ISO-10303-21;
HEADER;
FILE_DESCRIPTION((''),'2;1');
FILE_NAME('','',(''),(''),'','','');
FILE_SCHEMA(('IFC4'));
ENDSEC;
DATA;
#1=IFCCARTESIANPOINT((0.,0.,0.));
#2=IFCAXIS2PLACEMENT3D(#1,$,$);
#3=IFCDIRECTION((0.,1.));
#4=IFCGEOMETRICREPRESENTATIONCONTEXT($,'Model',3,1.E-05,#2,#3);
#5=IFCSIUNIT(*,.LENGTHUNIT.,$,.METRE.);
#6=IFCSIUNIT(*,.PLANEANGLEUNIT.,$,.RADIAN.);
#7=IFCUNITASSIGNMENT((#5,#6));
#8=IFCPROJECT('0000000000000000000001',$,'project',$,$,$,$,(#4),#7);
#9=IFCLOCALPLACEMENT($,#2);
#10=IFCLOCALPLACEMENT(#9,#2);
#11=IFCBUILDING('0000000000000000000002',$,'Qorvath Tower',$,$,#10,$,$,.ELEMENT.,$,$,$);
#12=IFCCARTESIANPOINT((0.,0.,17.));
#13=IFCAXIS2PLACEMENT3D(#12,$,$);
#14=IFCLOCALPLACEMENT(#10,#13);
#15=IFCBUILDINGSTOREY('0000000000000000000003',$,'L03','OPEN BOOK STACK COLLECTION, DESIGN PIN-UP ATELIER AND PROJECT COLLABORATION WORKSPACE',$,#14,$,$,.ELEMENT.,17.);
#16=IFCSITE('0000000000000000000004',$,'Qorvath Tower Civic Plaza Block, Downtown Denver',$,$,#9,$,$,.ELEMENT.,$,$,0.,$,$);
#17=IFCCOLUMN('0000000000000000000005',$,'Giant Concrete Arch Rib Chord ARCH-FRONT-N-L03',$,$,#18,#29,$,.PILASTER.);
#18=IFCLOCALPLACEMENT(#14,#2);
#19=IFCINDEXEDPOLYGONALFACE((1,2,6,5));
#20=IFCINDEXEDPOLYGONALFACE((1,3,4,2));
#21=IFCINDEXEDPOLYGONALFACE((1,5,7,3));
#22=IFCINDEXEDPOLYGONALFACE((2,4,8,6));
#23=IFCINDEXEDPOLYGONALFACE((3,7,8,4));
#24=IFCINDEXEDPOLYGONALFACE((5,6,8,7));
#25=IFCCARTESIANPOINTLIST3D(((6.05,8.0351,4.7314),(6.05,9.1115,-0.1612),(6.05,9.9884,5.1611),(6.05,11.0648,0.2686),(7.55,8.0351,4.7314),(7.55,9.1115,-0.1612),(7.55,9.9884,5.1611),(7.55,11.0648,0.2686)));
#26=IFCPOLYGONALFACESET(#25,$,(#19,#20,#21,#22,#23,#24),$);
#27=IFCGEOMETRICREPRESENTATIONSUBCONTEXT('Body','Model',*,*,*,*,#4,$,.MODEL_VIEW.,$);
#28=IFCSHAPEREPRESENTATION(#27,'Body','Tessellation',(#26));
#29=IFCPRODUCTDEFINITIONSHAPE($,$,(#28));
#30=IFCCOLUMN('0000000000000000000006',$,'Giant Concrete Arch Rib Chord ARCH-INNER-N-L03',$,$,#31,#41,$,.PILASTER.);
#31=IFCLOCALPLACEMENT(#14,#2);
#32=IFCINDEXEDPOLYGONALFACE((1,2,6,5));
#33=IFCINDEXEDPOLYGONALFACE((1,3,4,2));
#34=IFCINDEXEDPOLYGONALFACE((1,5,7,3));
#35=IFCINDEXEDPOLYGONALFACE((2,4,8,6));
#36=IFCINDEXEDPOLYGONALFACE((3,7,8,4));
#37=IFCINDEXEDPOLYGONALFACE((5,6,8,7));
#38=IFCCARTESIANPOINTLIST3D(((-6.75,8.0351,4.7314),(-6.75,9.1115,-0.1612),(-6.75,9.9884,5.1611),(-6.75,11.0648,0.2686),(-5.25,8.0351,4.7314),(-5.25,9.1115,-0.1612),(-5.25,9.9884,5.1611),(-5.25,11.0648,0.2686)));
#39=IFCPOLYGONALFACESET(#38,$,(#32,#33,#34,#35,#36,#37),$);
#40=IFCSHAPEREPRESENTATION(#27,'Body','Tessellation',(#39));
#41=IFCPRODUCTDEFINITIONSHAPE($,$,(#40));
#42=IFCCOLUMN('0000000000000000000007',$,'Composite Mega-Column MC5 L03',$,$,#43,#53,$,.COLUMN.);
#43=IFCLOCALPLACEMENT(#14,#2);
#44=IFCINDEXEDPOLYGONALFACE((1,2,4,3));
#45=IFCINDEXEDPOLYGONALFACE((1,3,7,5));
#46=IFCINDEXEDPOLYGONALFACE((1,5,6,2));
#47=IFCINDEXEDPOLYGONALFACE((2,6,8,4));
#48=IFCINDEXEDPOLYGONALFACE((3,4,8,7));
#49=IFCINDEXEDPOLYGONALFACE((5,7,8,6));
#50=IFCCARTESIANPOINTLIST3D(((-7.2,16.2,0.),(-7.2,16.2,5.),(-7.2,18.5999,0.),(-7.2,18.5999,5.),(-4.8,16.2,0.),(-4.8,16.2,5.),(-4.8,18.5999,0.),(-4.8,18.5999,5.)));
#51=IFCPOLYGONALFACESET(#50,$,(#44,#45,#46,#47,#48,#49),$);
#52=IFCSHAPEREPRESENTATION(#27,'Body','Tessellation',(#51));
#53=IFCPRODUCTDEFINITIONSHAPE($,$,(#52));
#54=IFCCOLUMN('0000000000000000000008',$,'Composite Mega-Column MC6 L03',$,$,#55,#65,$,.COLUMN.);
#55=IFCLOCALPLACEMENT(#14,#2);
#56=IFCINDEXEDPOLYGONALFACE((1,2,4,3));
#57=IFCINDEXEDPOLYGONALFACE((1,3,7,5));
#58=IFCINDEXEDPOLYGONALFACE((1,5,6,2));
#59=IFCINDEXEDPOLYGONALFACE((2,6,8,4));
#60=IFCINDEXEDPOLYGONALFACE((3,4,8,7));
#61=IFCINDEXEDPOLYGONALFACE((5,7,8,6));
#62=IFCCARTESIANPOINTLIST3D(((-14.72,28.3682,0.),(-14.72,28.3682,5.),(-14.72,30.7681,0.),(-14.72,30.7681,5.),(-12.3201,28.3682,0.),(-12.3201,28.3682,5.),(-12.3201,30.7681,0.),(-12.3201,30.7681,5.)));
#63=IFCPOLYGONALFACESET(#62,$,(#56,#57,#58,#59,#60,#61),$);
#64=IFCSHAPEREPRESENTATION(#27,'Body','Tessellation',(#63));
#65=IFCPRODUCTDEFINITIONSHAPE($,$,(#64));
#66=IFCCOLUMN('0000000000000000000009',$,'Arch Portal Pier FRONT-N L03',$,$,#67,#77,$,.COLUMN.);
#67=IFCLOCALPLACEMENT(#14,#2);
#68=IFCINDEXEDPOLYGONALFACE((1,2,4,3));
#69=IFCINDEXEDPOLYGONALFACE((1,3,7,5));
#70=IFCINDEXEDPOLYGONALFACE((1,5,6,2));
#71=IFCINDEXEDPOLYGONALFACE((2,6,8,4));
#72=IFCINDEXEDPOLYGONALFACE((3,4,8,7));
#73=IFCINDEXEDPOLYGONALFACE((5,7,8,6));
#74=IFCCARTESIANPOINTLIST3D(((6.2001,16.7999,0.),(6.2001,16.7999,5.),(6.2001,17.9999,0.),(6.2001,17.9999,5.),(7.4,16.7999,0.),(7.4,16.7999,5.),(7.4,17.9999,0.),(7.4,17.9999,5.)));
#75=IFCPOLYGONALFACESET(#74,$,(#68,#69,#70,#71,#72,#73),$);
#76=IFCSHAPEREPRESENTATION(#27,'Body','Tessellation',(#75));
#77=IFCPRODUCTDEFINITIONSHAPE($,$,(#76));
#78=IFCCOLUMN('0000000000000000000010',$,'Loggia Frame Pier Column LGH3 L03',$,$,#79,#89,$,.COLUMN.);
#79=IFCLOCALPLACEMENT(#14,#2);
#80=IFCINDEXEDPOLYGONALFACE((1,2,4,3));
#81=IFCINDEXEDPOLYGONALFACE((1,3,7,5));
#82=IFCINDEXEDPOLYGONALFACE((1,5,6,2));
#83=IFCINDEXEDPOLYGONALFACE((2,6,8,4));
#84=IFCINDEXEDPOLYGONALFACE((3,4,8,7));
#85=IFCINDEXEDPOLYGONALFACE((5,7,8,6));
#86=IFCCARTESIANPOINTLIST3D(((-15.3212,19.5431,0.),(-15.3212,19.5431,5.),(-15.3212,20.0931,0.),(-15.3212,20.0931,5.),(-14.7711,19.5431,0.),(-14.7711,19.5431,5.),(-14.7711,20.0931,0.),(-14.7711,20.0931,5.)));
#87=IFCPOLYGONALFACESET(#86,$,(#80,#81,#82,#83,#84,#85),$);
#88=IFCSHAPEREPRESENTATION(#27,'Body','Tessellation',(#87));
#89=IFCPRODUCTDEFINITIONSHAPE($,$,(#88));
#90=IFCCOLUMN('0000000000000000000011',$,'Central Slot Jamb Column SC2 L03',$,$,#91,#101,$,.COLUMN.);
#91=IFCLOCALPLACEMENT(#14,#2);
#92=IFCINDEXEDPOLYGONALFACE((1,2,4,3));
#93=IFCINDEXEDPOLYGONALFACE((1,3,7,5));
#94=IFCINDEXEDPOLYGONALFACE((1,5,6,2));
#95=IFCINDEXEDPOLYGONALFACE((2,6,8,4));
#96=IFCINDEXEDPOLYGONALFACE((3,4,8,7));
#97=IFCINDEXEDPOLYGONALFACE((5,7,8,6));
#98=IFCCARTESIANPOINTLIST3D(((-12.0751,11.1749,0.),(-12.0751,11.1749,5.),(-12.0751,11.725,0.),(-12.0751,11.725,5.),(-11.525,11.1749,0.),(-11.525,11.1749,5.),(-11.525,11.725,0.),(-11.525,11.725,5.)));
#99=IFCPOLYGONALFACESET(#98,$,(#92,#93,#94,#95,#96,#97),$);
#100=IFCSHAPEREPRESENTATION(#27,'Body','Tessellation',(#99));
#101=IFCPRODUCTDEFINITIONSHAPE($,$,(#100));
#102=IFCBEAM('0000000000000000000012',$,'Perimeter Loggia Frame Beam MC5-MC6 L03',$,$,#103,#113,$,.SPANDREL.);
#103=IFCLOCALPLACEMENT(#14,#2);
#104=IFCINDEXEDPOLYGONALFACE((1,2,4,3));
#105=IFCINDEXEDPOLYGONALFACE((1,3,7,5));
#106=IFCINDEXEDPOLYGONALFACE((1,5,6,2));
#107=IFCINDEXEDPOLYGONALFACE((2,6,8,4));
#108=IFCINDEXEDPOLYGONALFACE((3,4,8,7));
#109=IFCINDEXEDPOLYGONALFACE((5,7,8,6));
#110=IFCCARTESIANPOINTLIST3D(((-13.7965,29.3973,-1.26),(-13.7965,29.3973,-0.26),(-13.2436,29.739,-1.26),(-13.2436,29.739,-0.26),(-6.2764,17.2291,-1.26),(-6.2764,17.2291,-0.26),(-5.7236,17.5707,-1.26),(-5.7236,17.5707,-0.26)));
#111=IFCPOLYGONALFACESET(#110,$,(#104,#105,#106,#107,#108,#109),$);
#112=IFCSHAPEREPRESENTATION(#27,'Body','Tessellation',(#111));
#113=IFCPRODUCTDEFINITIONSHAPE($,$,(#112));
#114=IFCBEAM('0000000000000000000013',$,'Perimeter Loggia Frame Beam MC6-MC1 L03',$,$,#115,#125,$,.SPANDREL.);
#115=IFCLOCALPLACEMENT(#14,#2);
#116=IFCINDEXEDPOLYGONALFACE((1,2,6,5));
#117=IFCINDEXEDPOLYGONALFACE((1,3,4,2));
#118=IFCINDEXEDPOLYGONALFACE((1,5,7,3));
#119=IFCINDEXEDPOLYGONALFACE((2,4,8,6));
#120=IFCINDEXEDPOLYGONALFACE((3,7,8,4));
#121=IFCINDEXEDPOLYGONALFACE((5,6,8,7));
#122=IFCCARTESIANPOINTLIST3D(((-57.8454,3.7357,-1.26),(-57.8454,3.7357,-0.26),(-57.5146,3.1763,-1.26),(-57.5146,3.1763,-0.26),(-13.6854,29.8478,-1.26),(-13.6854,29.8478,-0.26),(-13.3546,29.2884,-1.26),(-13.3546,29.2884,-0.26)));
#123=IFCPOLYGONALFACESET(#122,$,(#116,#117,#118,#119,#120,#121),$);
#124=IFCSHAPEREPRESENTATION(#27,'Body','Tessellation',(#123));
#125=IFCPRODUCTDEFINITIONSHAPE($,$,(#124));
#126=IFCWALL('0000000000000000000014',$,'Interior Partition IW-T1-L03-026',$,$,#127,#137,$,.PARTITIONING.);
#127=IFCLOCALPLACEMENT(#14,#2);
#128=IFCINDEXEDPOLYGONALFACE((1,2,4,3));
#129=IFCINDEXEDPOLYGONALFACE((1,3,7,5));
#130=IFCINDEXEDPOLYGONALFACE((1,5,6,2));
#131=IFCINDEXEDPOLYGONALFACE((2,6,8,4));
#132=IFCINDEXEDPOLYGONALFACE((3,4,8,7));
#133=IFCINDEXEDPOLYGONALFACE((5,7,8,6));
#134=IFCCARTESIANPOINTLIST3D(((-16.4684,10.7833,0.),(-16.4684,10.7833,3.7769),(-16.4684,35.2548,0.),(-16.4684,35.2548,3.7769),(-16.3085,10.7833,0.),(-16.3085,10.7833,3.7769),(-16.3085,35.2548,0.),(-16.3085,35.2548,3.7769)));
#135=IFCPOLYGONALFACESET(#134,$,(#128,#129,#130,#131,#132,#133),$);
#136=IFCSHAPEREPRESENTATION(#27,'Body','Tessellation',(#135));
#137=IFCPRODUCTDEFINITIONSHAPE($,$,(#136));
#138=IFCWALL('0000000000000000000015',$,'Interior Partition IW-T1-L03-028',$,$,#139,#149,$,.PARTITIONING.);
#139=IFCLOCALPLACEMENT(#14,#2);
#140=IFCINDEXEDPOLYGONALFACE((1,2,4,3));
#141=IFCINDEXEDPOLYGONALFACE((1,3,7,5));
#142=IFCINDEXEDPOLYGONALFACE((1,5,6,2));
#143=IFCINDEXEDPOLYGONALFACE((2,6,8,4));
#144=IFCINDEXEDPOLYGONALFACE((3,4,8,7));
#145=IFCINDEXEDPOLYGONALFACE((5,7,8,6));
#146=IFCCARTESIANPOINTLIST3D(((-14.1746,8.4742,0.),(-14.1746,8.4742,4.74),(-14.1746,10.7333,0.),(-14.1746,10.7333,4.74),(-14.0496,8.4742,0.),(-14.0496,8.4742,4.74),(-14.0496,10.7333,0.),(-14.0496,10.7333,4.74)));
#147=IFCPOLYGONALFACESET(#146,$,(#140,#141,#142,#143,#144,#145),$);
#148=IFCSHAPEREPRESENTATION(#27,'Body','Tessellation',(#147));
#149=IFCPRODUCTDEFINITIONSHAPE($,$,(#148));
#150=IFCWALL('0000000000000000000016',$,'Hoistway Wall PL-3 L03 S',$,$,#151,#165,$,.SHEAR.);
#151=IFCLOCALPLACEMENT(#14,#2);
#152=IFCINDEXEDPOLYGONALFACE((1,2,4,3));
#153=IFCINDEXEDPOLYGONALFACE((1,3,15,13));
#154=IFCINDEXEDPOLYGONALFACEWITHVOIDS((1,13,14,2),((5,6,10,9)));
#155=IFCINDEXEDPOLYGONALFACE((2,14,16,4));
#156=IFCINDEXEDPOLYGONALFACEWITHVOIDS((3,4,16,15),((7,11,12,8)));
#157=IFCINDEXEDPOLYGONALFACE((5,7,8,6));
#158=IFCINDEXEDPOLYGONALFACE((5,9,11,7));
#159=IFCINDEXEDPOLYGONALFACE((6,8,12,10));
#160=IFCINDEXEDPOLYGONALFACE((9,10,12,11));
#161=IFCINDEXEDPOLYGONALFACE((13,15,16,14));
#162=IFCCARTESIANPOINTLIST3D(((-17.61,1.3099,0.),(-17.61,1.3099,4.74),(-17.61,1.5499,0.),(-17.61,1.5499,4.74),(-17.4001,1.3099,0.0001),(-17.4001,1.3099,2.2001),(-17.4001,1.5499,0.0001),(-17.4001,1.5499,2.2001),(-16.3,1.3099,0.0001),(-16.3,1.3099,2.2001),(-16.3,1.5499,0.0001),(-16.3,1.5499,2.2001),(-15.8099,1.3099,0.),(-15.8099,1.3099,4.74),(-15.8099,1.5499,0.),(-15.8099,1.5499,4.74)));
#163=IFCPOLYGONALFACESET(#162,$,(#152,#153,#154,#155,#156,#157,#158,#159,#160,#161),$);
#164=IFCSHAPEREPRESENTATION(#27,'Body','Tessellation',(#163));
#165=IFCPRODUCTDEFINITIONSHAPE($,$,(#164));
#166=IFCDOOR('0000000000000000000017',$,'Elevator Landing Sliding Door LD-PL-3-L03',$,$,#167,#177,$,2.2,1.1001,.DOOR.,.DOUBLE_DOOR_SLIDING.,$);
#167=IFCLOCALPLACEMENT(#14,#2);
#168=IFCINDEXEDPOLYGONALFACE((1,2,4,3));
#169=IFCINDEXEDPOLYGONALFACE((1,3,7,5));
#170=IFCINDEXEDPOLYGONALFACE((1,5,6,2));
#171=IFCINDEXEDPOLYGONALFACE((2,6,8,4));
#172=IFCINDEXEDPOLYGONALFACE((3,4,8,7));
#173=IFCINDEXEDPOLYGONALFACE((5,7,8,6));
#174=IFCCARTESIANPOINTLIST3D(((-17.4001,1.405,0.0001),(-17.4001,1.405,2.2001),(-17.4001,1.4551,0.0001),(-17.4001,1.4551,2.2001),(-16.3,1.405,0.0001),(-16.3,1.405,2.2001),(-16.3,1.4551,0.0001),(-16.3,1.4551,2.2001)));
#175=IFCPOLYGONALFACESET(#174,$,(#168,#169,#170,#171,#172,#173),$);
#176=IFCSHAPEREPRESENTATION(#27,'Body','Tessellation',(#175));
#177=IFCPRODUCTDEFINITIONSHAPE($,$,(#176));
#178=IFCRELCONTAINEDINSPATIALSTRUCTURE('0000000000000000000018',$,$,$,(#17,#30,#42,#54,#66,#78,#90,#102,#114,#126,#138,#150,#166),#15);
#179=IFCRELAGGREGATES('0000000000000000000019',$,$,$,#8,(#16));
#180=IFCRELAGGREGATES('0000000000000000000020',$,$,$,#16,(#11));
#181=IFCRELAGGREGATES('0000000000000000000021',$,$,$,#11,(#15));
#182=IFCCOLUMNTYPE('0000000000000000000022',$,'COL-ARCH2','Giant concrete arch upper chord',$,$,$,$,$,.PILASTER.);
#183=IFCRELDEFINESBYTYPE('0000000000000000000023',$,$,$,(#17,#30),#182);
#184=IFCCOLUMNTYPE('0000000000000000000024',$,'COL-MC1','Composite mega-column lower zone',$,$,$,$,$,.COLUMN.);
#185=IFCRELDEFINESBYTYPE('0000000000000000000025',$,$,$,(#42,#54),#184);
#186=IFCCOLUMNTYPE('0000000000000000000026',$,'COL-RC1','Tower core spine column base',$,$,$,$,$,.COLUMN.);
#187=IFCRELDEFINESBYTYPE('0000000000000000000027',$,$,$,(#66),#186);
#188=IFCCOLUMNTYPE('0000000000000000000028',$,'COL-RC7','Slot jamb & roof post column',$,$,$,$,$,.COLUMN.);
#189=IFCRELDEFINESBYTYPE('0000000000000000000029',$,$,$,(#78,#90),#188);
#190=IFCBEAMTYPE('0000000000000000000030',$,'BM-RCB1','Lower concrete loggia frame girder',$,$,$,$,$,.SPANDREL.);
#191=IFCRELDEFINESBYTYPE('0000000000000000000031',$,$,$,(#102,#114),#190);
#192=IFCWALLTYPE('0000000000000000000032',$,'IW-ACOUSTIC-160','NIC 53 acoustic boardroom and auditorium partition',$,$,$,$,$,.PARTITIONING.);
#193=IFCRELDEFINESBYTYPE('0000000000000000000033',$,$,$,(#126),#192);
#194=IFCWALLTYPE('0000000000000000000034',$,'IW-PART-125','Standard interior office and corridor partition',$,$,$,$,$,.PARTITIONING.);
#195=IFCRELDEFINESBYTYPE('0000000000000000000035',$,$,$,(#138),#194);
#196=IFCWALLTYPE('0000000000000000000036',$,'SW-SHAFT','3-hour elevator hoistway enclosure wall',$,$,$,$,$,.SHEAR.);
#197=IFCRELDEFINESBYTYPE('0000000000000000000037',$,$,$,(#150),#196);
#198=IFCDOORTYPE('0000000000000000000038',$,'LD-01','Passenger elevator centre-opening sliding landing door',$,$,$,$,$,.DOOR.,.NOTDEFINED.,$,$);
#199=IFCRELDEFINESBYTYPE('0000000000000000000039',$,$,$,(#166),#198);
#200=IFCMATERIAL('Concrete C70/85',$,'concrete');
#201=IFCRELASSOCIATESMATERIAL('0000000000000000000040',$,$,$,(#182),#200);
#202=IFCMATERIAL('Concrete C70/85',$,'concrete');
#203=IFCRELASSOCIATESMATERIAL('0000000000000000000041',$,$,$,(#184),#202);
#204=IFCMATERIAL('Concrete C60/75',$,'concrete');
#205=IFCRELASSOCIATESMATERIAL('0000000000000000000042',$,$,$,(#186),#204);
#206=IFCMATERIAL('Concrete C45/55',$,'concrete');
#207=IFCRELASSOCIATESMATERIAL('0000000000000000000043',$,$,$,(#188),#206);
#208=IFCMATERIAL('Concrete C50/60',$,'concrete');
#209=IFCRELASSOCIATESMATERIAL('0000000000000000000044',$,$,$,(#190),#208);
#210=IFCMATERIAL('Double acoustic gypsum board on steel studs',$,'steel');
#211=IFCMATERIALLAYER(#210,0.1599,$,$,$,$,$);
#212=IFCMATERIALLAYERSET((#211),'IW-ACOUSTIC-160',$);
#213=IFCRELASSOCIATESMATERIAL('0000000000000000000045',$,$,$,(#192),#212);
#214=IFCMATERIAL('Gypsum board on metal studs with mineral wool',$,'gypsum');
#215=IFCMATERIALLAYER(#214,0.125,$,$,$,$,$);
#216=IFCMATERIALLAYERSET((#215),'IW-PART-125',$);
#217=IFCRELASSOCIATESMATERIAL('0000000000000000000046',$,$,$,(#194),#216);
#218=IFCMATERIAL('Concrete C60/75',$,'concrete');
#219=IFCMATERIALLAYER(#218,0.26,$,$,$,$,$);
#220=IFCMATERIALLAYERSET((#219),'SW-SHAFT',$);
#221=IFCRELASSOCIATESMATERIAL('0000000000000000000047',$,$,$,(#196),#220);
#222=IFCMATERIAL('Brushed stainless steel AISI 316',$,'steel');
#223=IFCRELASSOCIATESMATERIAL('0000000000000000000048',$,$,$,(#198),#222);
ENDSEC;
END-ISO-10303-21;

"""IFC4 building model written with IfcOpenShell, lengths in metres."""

from ifc_helpers import new_model, si_unit, direction, frame, frame_2d, origin, origin_2d, place, context, subcontext, project, spatial, rectangle, extrude, material, layer, layer_set, material_profile, profile_set, type_object, element, fill, save


model = new_model("IFC4")

# Units and contexts
model_context = context("Model", 3, precision=1e-05, world=origin(), true_north=direction((0.0, 1.0)))
body_context = subcontext(model_context, "Body", "Model", "MODEL_VIEW")
ifc_project = project(units=[si_unit("LENGTHUNIT", "METRE"), si_unit("PLANEANGLEUNIT", "RADIAN")], contexts=[model_context])

# Site, building, storey
site_placement = place(None, origin())
site = spatial("IfcSite", under=ifc_project, at=site_placement, Name="Qorvath Tower Civic Plaza Block, Downtown Denver", CompositionType="ELEMENT", RefElevation=0.0)
building_placement = place(site_placement, origin())
building = spatial("IfcBuilding", under=site, at=building_placement, Name="Qorvath Tower", CompositionType="ELEMENT")
storey_placement = place(building_placement, frame((0.0, 0.0, 17.0)))
storey = spatial("IfcBuildingStorey", under=building, at=storey_placement, Name="L03", Description="OPEN BOOK STACK COLLECTION, DESIGN PIN-UP ATELIER AND PROJECT COLLABORATION WORKSPACE", CompositionType="ELEMENT", Elevation=17.0)

# Columns
ifc_material_1 = material(Name="Concrete C70/85", Category="concrete")
ifc_material_profile_1 = material_profile(ifc_material_1, rectangle(XDim=1.5, YDim=2.0, at=origin_2d()), Name="ARCH 2000x1500")
ifc_profile_set_1 = profile_set([ifc_material_profile_1], Name="Concrete C70/85")
column_type_1 = type_object("IfcColumnType", Name="COL-ARCH2", Description="Giant concrete arch upper chord", PredefinedType="PILASTER", material=ifc_profile_set_1)
for number, where, z_axis, x_axis, name in (
    (1, (6.8, 10.0881, 0.0537), (0.0, -0.214871, 0.976642), (1.0, 0.0, 0.0), "Giant Concrete Arch Rib Chord ARCH-FRONT-N-L03"),
    (2, (-6.0, 10.0881, 0.0537), (0.0, -0.214871, 0.976642), (1.0, 0.0, 0.0), "Giant Concrete Arch Rib Chord ARCH-INNER-N-L03"),
):
    element("IfcColumn", number, at=place(storey_placement, frame(where, z_axis=z_axis, x_axis=x_axis)), inside=storey, type_object=column_type_1, Name=name, PredefinedType="PILASTER", context=body_context, shape_type="SweptSolid", body=[
        extrude(rectangle(XDim=1.5, YDim=2.0, at=origin_2d()), origin(), (0.0, 0.0, 1.0), 5.0095),
    ])
ifc_material_2 = material(Name="Concrete C70/85", Category="concrete")
ifc_material_profile_2 = material_profile(ifc_material_2, rectangle(XDim=2.3999, YDim=2.3999, at=origin_2d()), Name="MC 2400x2400")
ifc_profile_set_2 = profile_set([ifc_material_profile_2], Name="Concrete C70/85")
column_type_2 = type_object("IfcColumnType", Name="COL-MC1", Description="Composite mega-column lower zone", PredefinedType="COLUMN", material=ifc_profile_set_2)
for number, where, z_axis, x_axis, name in (
    (3, (-6.0, 17.3999, 0.0), (0.0, 0.0, 1.0), (1.0, 0.0, 0.0), "Composite Mega-Column MC5 L03"),
    (4, (-13.52, 29.5681, 0.0), (0.0, 0.0, 1.0), (1.0, 0.0, 0.0), "Composite Mega-Column MC6 L03"),
):
    element("IfcColumn", number, at=place(storey_placement, frame(where, z_axis=z_axis, x_axis=x_axis)), inside=storey, type_object=column_type_2, Name=name, PredefinedType="COLUMN", context=body_context, shape_type="SweptSolid", body=[
        extrude(rectangle(XDim=2.3999, YDim=2.3999, at=origin_2d()), origin(), (0.0, 0.0, 1.0), 5.0),
    ])
ifc_material_3 = material(Name="Concrete C60/75", Category="concrete")
ifc_material_profile_3 = material_profile(ifc_material_3, rectangle(XDim=1.2, YDim=1.2, at=origin_2d()), Name="RC 1200x1200")
ifc_profile_set_3 = profile_set([ifc_material_profile_3], Name="Concrete C60/75")
column_type_3 = type_object("IfcColumnType", Name="COL-RC1", Description="Tower core spine column base", PredefinedType="COLUMN", material=ifc_profile_set_3)
column_placement = place(storey_placement, frame((6.8, 17.3999, 0.0), z_axis=(0.0, 0.0, 1.0), x_axis=(1.0, 0.0, 0.0)))
element("IfcColumn", 5, at=column_placement, inside=storey, type_object=column_type_3, Name="Arch Portal Pier FRONT-N L03", PredefinedType="COLUMN", context=body_context, shape_type="SweptSolid", body=[
    extrude(rectangle(XDim=1.2, YDim=1.2, at=origin_2d()), origin(), (0.0, 0.0, 1.0), 5.0),
])
ifc_material_4 = material(Name="Concrete C45/55", Category="concrete")
ifc_material_profile_4 = material_profile(ifc_material_4, rectangle(XDim=0.55, YDim=0.55, at=origin_2d()), Name="RC 550x550")
ifc_profile_set_4 = profile_set([ifc_material_profile_4], Name="Concrete C45/55")
column_type_4 = type_object("IfcColumnType", Name="COL-RC7", Description="Slot jamb & roof post column", PredefinedType="COLUMN", material=ifc_profile_set_4)
for number, where, z_axis, x_axis, name in (
    (6, (-15.0461, 19.8181, 0.0), (0.0, 0.0, 1.0), (1.0, 0.0, 0.0), "Loggia Frame Pier Column LGH3 L03"),
    (7, (-11.8, 11.45, 0.0), (0.0, 0.0, 1.0), (1.0, 0.0, 0.0), "Central Slot Jamb Column SC2 L03"),
):
    element("IfcColumn", number, at=place(storey_placement, frame(where, z_axis=z_axis, x_axis=x_axis)), inside=storey, type_object=column_type_4, Name=name, PredefinedType="COLUMN", context=body_context, shape_type="SweptSolid", body=[
        extrude(rectangle(XDim=0.55, YDim=0.55, at=origin_2d()), origin(), (0.0, 0.0, 1.0), 5.0),
    ])

# Beams
ifc_material_5 = material(Name="Concrete C50/60", Category="concrete")
ifc_material_profile_5 = material_profile(ifc_material_5, rectangle(XDim=0.6499, YDim=1.0, at=origin_2d()), Name="RCB 1000x650")
ifc_profile_set_5 = profile_set([ifc_material_profile_5], Name="Concrete C50/60")
beam_type = type_object("IfcBeamType", Name="BM-RCB1", Description="Lower concrete loggia frame girder", PredefinedType="SPANDREL", material=ifc_profile_set_5)
beam_1_placement = place(storey_placement, frame((-6.0, 17.3999, -0.76), z_axis=(-0.525713, 0.850662, 0.0), x_axis=(-0.850662, -0.525713, 0.0)))
element("IfcBeam", 8, at=beam_1_placement, inside=storey, type_object=beam_type, Name="Perimeter Loggia Frame Beam MC5-MC6 L03", PredefinedType="SPANDREL", context=body_context, shape_type="SweptSolid", body=[
    extrude(rectangle(XDim=0.6499, YDim=1.0, at=origin_2d()), origin(), (0.0, 0.0, 1.0), 14.3044),
])
beam_2_placement = place(storey_placement, frame((-13.52, 29.5681, -0.76), z_axis=(-0.860777, -0.508983, 0.0), x_axis=(0.508983, -0.860777, 0.0)))
element("IfcBeam", 9, at=beam_2_placement, inside=storey, type_object=beam_type, Name="Perimeter Loggia Frame Beam MC6-MC1 L03", PredefinedType="SPANDREL", context=body_context, shape_type="SweptSolid", body=[
    extrude(rectangle(XDim=0.6499, YDim=1.0, at=origin_2d()), origin(), (0.0, 0.0, 1.0), 51.3025),
])

# Wall
ifc_material_6 = material(Name="Double acoustic gypsum board on steel studs", Category="steel")
ifc_layer_1 = layer(ifc_material_6, 0.1599)
ifc_layer_set_1 = layer_set([ifc_layer_1], Name="IW-ACOUSTIC-160")
wall_type_1 = type_object("IfcWallType", Name="IW-ACOUSTIC-160", Description="NIC 53 acoustic boardroom and auditorium partition", PredefinedType="PARTITIONING", material=ifc_layer_set_1)
wall_1_placement = place(storey_placement, frame((-16.3884, 10.7832, 0.0), z_axis=(0.0, 0.0, 1.0), x_axis=(0.0, 1.0, 0.0)))
element("IfcWall", 10, at=wall_1_placement, inside=storey, type_object=wall_type_1, Name="Interior Partition IW-T1-L03-026", PredefinedType="PARTITIONING", context=body_context, shape_type="SweptSolid", body=[
    extrude(rectangle(XDim=24.4714, YDim=0.1599, at=frame_2d((12.2358, 0.0))), origin(), (0.0, 0.0, 1.0), 3.7769),
])

# Shared definitions
ifc_material_7 = material(Name="Gypsum board on metal studs with mineral wool", Category="gypsum")
ifc_layer_2 = layer(ifc_material_7, 0.125)
ifc_layer_set_2 = layer_set([ifc_layer_2], Name="IW-PART-125")
wall_type_2 = type_object("IfcWallType", Name="IW-PART-125", Description="Standard interior office and corridor partition", PredefinedType="PARTITIONING", material=ifc_layer_set_2)

# Wall
wall_2_placement = place(storey_placement, frame((-14.1121, 10.7332, 0.0), z_axis=(0.0, 0.0, 1.0), x_axis=(0.0, -1.0, 0.0)))
element("IfcWall", 11, at=wall_2_placement, inside=storey, type_object=wall_type_2, Name="Interior Partition IW-T1-L03-028", PredefinedType="PARTITIONING", context=body_context, shape_type="SweptSolid", body=[
    extrude(rectangle(XDim=2.259, YDim=0.125, at=frame_2d((1.1294, 0.0))), origin(), (0.0, 0.0, 1.0), 4.74),
])

# Wall, opening, door
ifc_material_8 = material(Name="Concrete C60/75", Category="concrete")
ifc_layer_3 = layer(ifc_material_8, 0.26)
ifc_layer_set_3 = layer_set([ifc_layer_3], Name="SW-SHAFT")
wall_type_3 = type_object("IfcWallType", Name="SW-SHAFT", Description="3-hour elevator hoistway enclosure wall", PredefinedType="SHEAR", material=ifc_layer_set_3)
wall_3_placement = place(storey_placement, frame((-15.8101, 1.4299, 0.0), z_axis=(0.0, 0.0, 1.0), x_axis=(-1.0, 0.0, 0.0)))
wall_3 = element("IfcWall", 12, at=wall_3_placement, inside=storey, type_object=wall_type_3, Name="Hoistway Wall PL-3 L03 S", PredefinedType="SHEAR", context=body_context, shape_type="SweptSolid", body=[
    extrude(rectangle(XDim=1.8, YDim=0.24, at=frame_2d((0.8999, 0.0))), origin(), (0.0, 0.0, 1.0), 4.74),
])
opening_1_placement = place(wall_3_placement, frame((0.49, 0.0, 0.0)))
opening_1 = element("IfcOpeningElement", 13, at=opening_1_placement, cuts=wall_3, PredefinedType="OPENING", context=body_context, shape_type="SweptSolid", body=[
    extrude(rectangle(XDim=1.1001, YDim=2.2, at=frame_2d((0.55, 1.1001))), frame((0.0, 0.1299, 0.0), z_axis=(0.0, -1.0, 0.0), x_axis=(1.0, 0.0, 0.0)), (0.0, 0.0, 1.0), 0.26),
])
ifc_material_9 = material(Name="Brushed stainless steel AISI 316", Category="steel")
door_type_1 = type_object("IfcDoorType", Name="LD-01", Description="Passenger elevator centre-opening sliding landing door", OperationType="NOTDEFINED", PredefinedType="DOOR", material=ifc_material_9)
door_1_placement = place(opening_1_placement, origin())
door_1 = element("IfcDoor", 14, at=door_1_placement, inside=storey, type_object=door_type_1, Name="Elevator Landing Sliding Door LD-PL-3-L03", OperationType="DOUBLE_DOOR_SLIDING", OverallHeight=2.2, OverallWidth=1.1001, PredefinedType="DOOR", context=body_context, shape_type="SweptSolid", body=[
    extrude(rectangle(XDim=1.1001, YDim=2.2, at=frame_2d((0.55, 1.1001))), frame((0.0, 0.0249, 0.0), z_axis=(0.0, -1.0, 0.0), x_axis=(1.0, 0.0, 0.0)), (0.0, 0.0, 1.0), 0.05),
])
fill(opening_1, door_1)

save(model, "model.ifc")
